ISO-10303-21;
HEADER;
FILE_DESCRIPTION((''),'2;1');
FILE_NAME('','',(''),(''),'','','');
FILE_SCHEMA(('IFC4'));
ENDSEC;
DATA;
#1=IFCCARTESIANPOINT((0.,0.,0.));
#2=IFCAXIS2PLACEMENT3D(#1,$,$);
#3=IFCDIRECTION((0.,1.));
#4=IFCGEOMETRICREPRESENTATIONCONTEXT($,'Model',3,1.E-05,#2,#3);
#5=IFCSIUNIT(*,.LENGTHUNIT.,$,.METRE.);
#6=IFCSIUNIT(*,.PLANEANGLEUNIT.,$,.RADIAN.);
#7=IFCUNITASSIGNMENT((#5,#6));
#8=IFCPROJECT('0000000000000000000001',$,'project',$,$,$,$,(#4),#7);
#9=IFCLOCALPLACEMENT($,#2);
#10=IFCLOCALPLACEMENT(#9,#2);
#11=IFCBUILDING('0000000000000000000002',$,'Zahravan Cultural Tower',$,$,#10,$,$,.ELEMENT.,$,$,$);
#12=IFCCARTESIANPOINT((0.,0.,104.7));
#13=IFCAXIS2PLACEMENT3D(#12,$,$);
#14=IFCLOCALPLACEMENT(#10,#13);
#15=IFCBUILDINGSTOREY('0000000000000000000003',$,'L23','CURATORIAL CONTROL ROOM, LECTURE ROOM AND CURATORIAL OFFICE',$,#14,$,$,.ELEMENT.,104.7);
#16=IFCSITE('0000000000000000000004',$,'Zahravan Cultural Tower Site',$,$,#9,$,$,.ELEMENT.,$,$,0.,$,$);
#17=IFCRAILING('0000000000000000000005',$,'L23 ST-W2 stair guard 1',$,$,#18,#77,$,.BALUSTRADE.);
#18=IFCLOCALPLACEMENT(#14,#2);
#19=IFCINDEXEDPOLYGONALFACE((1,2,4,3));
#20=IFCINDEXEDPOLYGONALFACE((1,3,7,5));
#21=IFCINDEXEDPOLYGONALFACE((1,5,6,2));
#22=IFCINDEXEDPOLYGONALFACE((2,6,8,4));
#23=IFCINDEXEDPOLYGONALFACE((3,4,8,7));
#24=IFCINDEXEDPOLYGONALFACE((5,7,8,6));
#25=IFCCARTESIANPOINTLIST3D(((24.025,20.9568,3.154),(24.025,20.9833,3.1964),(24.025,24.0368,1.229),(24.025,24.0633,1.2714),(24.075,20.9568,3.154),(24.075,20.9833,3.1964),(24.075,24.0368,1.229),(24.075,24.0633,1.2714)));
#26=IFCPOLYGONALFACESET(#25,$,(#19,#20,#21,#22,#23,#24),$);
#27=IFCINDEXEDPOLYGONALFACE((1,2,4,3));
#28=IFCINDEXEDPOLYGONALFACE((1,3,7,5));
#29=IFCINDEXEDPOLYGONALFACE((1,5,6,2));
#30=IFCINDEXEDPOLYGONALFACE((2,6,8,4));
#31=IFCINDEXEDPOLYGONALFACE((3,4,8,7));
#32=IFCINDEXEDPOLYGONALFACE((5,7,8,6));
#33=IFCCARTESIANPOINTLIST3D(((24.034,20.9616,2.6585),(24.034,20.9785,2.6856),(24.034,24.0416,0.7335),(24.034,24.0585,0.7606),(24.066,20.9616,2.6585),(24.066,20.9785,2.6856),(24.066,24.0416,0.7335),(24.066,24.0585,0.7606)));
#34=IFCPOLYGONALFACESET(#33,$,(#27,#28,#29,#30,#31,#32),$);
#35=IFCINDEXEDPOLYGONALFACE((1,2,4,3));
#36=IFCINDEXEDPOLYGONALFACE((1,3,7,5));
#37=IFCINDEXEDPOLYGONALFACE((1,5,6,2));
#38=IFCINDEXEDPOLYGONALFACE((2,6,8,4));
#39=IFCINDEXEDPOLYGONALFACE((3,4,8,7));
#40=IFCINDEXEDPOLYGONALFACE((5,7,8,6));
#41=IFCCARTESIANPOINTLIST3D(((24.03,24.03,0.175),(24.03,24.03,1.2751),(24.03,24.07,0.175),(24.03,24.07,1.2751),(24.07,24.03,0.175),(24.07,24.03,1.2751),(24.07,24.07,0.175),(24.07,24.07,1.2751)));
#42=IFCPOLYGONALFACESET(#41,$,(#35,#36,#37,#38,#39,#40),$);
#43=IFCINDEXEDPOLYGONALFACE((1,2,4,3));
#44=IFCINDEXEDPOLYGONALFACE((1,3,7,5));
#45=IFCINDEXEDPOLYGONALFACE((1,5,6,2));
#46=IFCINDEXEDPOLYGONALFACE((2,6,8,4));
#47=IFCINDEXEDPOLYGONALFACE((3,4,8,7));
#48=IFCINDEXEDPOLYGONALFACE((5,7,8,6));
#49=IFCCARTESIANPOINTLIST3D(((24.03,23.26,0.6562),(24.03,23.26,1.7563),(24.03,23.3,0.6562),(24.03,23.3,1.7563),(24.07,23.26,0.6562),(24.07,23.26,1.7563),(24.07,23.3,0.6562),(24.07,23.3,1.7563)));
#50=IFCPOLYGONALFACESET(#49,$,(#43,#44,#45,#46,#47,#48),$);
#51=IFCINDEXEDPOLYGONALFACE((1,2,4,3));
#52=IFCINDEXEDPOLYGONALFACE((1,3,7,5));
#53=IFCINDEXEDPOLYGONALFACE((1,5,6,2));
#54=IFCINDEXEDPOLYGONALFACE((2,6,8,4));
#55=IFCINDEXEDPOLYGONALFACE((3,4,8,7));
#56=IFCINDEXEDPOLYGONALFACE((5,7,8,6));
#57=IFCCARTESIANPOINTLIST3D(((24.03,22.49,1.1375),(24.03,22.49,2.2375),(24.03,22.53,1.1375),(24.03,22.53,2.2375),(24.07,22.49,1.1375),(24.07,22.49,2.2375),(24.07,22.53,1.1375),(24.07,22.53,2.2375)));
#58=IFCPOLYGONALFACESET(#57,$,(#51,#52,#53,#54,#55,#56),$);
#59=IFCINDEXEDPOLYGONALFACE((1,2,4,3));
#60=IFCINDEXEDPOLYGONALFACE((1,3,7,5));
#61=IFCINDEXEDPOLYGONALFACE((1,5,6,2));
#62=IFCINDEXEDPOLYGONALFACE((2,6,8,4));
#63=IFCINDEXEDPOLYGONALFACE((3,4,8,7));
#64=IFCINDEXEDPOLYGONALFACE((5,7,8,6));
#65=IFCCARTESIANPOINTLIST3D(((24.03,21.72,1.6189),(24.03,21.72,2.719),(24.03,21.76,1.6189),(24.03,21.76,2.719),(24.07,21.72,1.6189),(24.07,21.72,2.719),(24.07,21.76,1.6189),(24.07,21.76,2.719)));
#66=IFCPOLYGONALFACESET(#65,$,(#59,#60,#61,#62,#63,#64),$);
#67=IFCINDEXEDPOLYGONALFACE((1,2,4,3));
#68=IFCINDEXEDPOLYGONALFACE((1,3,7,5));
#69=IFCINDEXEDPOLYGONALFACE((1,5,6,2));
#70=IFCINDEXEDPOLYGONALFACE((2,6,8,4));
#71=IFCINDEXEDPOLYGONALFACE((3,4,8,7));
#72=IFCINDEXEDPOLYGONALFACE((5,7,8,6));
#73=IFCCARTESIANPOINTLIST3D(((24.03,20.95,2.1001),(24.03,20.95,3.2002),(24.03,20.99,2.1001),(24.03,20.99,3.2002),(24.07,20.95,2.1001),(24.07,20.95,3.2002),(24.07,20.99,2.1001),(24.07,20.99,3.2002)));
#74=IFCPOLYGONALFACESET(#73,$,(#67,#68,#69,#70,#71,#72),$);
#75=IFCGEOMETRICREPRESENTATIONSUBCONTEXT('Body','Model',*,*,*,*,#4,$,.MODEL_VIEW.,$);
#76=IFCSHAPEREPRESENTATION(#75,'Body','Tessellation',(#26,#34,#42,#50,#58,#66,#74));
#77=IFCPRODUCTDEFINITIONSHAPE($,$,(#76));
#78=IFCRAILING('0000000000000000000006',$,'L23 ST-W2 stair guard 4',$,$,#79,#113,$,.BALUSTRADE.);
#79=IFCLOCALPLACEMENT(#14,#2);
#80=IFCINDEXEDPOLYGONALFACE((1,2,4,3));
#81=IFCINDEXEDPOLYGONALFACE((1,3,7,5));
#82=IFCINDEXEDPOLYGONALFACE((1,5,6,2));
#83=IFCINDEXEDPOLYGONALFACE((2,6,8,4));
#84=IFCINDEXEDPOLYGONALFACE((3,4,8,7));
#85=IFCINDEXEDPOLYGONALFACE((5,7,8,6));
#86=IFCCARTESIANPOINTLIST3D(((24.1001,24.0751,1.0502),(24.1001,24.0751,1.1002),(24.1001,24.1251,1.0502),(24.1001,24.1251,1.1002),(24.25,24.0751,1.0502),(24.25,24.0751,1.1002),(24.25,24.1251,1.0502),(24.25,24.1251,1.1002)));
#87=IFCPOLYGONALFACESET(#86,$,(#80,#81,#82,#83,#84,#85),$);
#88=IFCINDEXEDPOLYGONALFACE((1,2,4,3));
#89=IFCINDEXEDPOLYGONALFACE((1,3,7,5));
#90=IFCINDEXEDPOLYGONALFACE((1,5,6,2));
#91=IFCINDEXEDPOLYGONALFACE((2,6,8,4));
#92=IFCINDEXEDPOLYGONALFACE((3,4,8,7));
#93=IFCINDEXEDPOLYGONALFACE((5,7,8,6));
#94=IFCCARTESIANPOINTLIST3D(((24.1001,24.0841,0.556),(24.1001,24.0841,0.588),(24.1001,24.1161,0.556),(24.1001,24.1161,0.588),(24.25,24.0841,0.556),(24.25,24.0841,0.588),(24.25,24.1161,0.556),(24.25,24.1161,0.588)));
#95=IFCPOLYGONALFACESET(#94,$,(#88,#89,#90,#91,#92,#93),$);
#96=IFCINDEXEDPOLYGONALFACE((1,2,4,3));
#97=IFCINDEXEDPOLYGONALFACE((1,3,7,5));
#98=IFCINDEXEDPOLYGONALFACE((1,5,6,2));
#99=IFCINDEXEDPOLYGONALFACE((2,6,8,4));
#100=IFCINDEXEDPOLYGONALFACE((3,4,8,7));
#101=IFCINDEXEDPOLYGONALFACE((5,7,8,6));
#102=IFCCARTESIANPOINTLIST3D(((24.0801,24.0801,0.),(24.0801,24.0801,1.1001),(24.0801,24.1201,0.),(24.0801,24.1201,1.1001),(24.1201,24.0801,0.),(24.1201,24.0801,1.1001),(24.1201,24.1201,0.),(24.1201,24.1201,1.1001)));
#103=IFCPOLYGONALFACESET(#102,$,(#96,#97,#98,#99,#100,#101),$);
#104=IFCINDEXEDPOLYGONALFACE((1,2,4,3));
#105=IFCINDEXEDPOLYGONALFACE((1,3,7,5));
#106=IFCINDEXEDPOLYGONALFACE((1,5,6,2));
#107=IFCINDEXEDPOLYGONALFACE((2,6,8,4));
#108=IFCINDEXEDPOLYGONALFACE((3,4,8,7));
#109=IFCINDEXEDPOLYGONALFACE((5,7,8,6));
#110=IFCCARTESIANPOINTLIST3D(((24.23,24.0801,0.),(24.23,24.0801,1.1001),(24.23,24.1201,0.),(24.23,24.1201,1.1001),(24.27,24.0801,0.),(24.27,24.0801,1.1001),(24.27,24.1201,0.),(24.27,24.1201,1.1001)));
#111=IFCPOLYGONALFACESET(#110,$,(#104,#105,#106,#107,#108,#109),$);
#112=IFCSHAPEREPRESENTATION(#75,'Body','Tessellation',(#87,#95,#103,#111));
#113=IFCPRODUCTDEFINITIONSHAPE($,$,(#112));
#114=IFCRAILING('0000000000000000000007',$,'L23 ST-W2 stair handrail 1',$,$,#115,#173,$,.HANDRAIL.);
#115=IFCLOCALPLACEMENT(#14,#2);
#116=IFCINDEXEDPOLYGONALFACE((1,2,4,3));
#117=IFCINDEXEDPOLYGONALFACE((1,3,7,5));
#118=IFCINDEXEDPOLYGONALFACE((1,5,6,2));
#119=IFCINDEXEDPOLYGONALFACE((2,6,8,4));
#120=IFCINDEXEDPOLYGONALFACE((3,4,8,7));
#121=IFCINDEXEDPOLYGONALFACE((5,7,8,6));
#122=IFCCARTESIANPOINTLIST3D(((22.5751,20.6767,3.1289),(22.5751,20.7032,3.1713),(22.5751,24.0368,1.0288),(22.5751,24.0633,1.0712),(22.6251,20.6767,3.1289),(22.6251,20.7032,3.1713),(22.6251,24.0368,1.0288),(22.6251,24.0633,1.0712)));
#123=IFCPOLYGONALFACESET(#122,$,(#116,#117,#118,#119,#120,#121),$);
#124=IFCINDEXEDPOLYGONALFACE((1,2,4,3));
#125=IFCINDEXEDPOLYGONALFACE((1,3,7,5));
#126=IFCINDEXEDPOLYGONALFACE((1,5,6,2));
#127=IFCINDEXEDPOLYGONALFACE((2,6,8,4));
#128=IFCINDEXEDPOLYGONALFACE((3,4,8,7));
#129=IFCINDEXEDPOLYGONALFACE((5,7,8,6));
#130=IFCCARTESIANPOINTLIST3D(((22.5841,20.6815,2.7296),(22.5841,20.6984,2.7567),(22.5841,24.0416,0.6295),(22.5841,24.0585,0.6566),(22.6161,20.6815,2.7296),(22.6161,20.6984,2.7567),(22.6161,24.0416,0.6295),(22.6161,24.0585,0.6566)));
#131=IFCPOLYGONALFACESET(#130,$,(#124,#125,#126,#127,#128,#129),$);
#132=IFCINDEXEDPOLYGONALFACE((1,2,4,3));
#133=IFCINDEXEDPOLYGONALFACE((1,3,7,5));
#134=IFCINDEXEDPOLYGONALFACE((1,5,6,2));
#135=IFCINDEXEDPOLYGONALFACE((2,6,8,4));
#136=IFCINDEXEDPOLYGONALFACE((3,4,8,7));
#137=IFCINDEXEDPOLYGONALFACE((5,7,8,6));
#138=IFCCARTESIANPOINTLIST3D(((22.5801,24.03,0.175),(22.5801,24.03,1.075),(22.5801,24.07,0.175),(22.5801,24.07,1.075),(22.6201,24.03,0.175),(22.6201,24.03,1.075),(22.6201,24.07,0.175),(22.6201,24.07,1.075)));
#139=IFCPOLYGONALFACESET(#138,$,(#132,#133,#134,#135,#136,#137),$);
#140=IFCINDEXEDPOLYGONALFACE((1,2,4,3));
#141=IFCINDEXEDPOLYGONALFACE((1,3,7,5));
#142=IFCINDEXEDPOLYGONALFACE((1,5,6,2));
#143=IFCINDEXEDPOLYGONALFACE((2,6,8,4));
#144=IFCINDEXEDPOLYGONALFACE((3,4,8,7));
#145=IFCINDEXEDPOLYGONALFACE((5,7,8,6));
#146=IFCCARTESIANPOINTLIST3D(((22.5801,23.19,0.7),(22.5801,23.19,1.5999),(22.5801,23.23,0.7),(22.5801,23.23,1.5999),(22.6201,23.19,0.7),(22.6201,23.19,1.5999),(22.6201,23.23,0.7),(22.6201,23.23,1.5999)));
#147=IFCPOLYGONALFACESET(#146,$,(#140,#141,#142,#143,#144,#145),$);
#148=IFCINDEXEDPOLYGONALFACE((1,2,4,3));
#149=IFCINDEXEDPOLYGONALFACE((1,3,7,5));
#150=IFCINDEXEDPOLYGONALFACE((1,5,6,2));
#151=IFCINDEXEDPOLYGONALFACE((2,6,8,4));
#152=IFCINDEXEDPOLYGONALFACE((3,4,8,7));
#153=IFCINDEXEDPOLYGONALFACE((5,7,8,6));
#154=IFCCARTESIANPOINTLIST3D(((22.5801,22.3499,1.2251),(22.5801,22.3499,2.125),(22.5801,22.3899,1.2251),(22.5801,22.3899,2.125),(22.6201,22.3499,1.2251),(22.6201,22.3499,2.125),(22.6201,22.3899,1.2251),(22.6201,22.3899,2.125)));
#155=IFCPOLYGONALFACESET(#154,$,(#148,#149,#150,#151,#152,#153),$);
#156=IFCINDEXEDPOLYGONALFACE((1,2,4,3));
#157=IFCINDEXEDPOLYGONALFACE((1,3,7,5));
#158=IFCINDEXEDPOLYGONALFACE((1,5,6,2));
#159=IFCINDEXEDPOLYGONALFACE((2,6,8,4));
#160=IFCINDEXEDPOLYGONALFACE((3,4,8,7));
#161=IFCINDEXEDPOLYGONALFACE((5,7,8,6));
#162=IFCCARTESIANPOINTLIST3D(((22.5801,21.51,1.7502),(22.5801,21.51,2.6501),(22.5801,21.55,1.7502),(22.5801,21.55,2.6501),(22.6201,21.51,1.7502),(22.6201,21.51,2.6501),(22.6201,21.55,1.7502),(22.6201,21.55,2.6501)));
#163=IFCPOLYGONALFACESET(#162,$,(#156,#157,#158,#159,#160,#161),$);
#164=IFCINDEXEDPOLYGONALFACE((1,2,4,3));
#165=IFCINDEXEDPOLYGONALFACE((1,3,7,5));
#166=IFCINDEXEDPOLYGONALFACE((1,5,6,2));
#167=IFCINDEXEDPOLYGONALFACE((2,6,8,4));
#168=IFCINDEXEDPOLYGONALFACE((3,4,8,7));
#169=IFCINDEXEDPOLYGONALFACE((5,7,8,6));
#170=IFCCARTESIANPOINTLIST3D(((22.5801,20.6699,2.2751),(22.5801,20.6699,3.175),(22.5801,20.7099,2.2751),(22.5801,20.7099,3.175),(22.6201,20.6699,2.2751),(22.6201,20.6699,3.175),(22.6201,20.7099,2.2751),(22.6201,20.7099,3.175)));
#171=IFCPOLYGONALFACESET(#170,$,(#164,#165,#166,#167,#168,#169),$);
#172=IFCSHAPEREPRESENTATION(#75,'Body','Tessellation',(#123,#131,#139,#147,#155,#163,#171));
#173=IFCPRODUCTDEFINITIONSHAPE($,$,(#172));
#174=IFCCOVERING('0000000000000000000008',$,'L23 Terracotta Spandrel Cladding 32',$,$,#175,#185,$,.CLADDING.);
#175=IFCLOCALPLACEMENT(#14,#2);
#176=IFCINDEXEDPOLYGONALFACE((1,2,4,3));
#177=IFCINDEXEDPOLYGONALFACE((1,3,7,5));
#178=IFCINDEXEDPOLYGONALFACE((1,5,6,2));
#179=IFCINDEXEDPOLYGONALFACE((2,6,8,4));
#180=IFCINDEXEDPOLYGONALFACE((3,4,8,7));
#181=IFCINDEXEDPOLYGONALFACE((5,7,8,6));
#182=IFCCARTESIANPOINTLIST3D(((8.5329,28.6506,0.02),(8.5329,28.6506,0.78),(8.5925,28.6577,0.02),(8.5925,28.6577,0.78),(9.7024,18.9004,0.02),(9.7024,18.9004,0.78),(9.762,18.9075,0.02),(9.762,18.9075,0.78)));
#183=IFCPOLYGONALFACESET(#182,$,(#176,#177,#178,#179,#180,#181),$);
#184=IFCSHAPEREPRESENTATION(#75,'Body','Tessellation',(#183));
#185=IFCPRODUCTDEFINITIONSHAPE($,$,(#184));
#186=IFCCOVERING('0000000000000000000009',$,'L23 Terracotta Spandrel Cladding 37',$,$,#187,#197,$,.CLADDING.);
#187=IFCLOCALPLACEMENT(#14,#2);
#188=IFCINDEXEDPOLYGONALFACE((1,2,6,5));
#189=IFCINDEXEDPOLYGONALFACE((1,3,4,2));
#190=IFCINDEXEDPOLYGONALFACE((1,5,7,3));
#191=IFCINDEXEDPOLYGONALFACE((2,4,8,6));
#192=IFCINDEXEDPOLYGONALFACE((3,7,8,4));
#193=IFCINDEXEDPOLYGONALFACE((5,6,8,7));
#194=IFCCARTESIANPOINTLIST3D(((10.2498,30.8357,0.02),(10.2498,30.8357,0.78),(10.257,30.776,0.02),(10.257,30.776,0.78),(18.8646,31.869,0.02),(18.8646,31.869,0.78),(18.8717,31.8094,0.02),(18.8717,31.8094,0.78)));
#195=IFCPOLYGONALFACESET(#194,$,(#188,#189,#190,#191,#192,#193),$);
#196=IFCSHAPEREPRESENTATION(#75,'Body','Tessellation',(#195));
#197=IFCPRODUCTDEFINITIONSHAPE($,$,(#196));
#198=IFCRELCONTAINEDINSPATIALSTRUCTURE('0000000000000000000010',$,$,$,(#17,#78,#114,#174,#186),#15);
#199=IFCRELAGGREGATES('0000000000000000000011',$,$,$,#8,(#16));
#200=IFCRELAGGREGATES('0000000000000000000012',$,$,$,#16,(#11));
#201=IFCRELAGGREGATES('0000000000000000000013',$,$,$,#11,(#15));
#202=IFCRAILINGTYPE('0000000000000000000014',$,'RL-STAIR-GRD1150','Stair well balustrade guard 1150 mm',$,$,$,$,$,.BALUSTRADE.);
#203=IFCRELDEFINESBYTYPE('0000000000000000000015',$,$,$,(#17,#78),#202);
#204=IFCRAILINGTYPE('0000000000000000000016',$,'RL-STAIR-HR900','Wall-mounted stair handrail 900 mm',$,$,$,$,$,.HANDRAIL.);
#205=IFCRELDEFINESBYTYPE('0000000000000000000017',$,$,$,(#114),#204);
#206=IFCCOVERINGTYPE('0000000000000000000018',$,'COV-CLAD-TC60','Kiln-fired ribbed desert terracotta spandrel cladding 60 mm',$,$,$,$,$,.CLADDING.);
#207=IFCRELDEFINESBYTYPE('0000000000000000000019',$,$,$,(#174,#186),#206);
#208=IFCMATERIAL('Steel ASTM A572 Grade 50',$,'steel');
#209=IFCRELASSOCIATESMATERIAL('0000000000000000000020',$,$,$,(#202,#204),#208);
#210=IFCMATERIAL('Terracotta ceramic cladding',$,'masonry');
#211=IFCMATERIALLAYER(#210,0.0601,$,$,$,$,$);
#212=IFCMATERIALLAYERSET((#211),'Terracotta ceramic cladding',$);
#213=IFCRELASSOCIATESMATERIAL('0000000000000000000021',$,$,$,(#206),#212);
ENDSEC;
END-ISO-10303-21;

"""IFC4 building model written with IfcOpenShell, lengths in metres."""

from ifc_helpers import new_model, si_unit, direction, frame, origin, origin_2d, place, context, subcontext, project, spatial, rectangle, extrude, source, transform, mapped, material, layer, layer_set, type_object, element, save


model = new_model("IFC4")

# Units and contexts
model_context = context("Model", 3, precision=1e-05, world=origin(), true_north=direction((0.0, 1.0)))
body_context = subcontext(model_context, "Body", "Model", "MODEL_VIEW")
ifc_project = project(units=[si_unit("LENGTHUNIT", "METRE"), si_unit("PLANEANGLEUNIT", "RADIAN")], contexts=[model_context])

# Site, building, storey
site_placement = place(None, origin())
site = spatial("IfcSite", under=ifc_project, at=site_placement, Name="Zahravan Cultural Tower Site", CompositionType="ELEMENT", RefElevation=0.0)
building_placement = place(site_placement, origin())
building = spatial("IfcBuilding", under=site, at=building_placement, Name="Zahravan Cultural Tower", CompositionType="ELEMENT")
storey_placement = place(building_placement, frame((0.0, 0.0, 104.7)))
storey = spatial("IfcBuildingStorey", under=building, at=storey_placement, Name="L23", Description="CURATORIAL CONTROL ROOM, LECTURE ROOM AND CURATORIAL OFFICE", CompositionType="ELEMENT", Elevation=104.7)

# Railings
ifc_material_1 = material(Name="Steel ASTM A572 Grade 50", Category="steel")
railing_type_1 = type_object("IfcRailingType", Name="RL-STAIR-GRD1150", Description="Stair well balustrade guard 1150 mm", PredefinedType="BALUSTRADE", material=ifc_material_1)
railing_1_placement = place(storey_placement, frame((24.05, 24.05, 0.175)))
element("IfcRailing", 1, at=railing_1_placement, inside=storey, type_object=railing_type_1, Name="L23 ST-W2 stair guard 1", PredefinedType="BALUSTRADE", context=body_context, shape_type="SweptSolid", body=[
    extrude(rectangle(XDim=0.05, YDim=0.05, at=origin_2d()), frame((0.0, 0.0, 1.0752), z_axis=(0.0, -0.847998, 0.529999), x_axis=(1.0, 0.0, 0.0)), (0.0, 0.0, 1.0), 3.6321),
    extrude(rectangle(XDim=0.032, YDim=0.032, at=origin_2d()), frame((0.0, 0.0, 0.572), z_axis=(0.0, -0.847998, 0.529999), x_axis=(1.0, 0.0, 0.0)), (0.0, 0.0, 1.0), 3.6321),
    extrude(rectangle(XDim=0.04, YDim=0.04, at=origin_2d()), origin(), (0.0, 0.0, 1.0), 1.1001),
    extrude(rectangle(XDim=0.04, YDim=0.04, at=origin_2d()), frame((0.0, -0.77, 0.4812)), (0.0, 0.0, 1.0), 1.1001),
    extrude(rectangle(XDim=0.04, YDim=0.04, at=origin_2d()), frame((0.0, -1.54, 0.9624)), (0.0, 0.0, 1.0), 1.1001),
    extrude(rectangle(XDim=0.04, YDim=0.04, at=origin_2d()), frame((0.0, -2.3101, 1.4438)), (0.0, 0.0, 1.0), 1.1001),
    extrude(rectangle(XDim=0.04, YDim=0.04, at=origin_2d()), frame((0.0, -3.0801, 1.925)), (0.0, 0.0, 1.0), 1.1001),
])
railing_2_placement = place(storey_placement, frame((24.1001, 24.1001, 0.0)))
element("IfcRailing", 2, at=railing_2_placement, inside=storey, type_object=railing_type_1, Name="L23 ST-W2 stair guard 4", PredefinedType="BALUSTRADE", context=body_context, shape_type="SweptSolid", body=[
    extrude(rectangle(XDim=0.05, YDim=0.05, at=origin_2d()), frame((0.0, 0.0, 1.0752), z_axis=(1.0, 0.0, 0.0), x_axis=(0.0, 1.0, 0.0)), (0.0, 0.0, 1.0), 0.1499),
    extrude(rectangle(XDim=0.032, YDim=0.032, at=origin_2d()), frame((0.0, 0.0, 0.572), z_axis=(1.0, 0.0, 0.0), x_axis=(0.0, 1.0, 0.0)), (0.0, 0.0, 1.0), 0.1499),
    extrude(rectangle(XDim=0.04, YDim=0.04, at=origin_2d()), origin(), (0.0, 0.0, 1.0), 1.1001),
    extrude(rectangle(XDim=0.04, YDim=0.04, at=origin_2d()), frame((0.1499, 0.0, 0.0)), (0.0, 0.0, 1.0), 1.1001),
])
railing_type_2 = type_object("IfcRailingType", Name="RL-STAIR-HR900", Description="Wall-mounted stair handrail 900 mm", PredefinedType="HANDRAIL", material=ifc_material_1)
railing_3_placement = place(storey_placement, frame((22.6001, 24.05, 0.175)))
element("IfcRailing", 3, at=railing_3_placement, inside=storey, type_object=railing_type_2, Name="L23 ST-W2 stair handrail 1", PredefinedType="HANDRAIL", context=body_context, shape_type="SweptSolid", body=[
    extrude(rectangle(XDim=0.05, YDim=0.05, at=origin_2d()), frame((0.0, 0.0, 0.875), z_axis=(0.0, -0.847995, 0.530004), x_axis=(1.0, 0.0, 0.0)), (0.0, 0.0, 1.0), 3.9624),
    extrude(rectangle(XDim=0.032, YDim=0.032, at=origin_2d()), frame((0.0, 0.0, 0.468), z_axis=(0.0, -0.847995, 0.530004), x_axis=(1.0, 0.0, 0.0)), (0.0, 0.0, 1.0), 3.9624),
    extrude(rectangle(XDim=0.04, YDim=0.04, at=origin_2d()), origin(), (0.0, 0.0, 1.0), 0.8999),
    extrude(rectangle(XDim=0.04, YDim=0.04, at=origin_2d()), frame((0.0, -0.8401, 0.5249)), (0.0, 0.0, 1.0), 0.8999),
    extrude(rectangle(XDim=0.04, YDim=0.04, at=origin_2d()), frame((0.0, -1.6802, 1.05)), (0.0, 0.0, 1.0), 0.8999),
    extrude(rectangle(XDim=0.04, YDim=0.04, at=origin_2d()), frame((0.0, -2.52, 1.5752)), (0.0, 0.0, 1.0), 0.8999),
    extrude(rectangle(XDim=0.04, YDim=0.04, at=origin_2d()), frame((0.0, -3.3601, 2.1001)), (0.0, 0.0, 1.0), 0.8999),
])

# Coverings
ifc_material_2 = material(Name="Terracotta ceramic cladding", Category="masonry")
ifc_layer_1 = layer(ifc_material_2, 0.0601)
ifc_layer_set_1 = layer_set([ifc_layer_1], Name="Terracotta ceramic cladding")
covering_type = type_object("IfcCoveringType", Name="COV-CLAD-TC60", Description="Kiln-fired ribbed desert terracotta spandrel cladding 60 mm", PredefinedType="CLADDING", material=ifc_layer_set_1)
shared_shape_1 = source(origin(), body_context, "Body", "SweptSolid", [
    extrude(rectangle(XDim=9.8201, YDim=0.0601, at=origin_2d()), origin(), (0.0, 0.0, 1.0), 0.76),
])
covering_1_placement = place(storey_placement, frame((9.1475, 23.7791, 0.02), z_axis=(0.0, 0.0, 1.0), x_axis=(-0.119097, 0.992883, 0.0)))
element("IfcCovering", 4, at=covering_1_placement, inside=storey, type_object=covering_type, Name="L23 Terracotta Spandrel Cladding 32", PredefinedType="CLADDING", context=body_context, shape_type="MappedRepresentation", body=[
    mapped(shared_shape_1, transform((0.0, 0.0, 0.0), x_axis=(1.0, 0.0, 0.0), y_axis=(0.0, 1.0, 0.0), z_axis=(0.0, 0.0, 1.0), scale=1.0)),
])
shared_shape_2 = source(origin(), body_context, "Body", "SweptSolid", [
    extrude(rectangle(XDim=8.6765, YDim=0.0601, at=origin_2d()), origin(), (0.0, 0.0, 1.0), 0.76),
])
covering_2_placement = place(storey_placement, frame((14.5608, 31.3225, 0.02), z_axis=(0.0, 0.0, 1.0), x_axis=(0.992883, 0.119097, 0.0)))
element("IfcCovering", 5, at=covering_2_placement, inside=storey, type_object=covering_type, Name="L23 Terracotta Spandrel Cladding 37", PredefinedType="CLADDING", context=body_context, shape_type="MappedRepresentation", body=[
    mapped(shared_shape_2, transform((0.0, 0.0, 0.0), x_axis=(1.0, 0.0, 0.0), y_axis=(0.0, 1.0, 0.0), z_axis=(0.0, 0.0, 1.0), scale=1.0)),
])

save(model, "model.ifc")
